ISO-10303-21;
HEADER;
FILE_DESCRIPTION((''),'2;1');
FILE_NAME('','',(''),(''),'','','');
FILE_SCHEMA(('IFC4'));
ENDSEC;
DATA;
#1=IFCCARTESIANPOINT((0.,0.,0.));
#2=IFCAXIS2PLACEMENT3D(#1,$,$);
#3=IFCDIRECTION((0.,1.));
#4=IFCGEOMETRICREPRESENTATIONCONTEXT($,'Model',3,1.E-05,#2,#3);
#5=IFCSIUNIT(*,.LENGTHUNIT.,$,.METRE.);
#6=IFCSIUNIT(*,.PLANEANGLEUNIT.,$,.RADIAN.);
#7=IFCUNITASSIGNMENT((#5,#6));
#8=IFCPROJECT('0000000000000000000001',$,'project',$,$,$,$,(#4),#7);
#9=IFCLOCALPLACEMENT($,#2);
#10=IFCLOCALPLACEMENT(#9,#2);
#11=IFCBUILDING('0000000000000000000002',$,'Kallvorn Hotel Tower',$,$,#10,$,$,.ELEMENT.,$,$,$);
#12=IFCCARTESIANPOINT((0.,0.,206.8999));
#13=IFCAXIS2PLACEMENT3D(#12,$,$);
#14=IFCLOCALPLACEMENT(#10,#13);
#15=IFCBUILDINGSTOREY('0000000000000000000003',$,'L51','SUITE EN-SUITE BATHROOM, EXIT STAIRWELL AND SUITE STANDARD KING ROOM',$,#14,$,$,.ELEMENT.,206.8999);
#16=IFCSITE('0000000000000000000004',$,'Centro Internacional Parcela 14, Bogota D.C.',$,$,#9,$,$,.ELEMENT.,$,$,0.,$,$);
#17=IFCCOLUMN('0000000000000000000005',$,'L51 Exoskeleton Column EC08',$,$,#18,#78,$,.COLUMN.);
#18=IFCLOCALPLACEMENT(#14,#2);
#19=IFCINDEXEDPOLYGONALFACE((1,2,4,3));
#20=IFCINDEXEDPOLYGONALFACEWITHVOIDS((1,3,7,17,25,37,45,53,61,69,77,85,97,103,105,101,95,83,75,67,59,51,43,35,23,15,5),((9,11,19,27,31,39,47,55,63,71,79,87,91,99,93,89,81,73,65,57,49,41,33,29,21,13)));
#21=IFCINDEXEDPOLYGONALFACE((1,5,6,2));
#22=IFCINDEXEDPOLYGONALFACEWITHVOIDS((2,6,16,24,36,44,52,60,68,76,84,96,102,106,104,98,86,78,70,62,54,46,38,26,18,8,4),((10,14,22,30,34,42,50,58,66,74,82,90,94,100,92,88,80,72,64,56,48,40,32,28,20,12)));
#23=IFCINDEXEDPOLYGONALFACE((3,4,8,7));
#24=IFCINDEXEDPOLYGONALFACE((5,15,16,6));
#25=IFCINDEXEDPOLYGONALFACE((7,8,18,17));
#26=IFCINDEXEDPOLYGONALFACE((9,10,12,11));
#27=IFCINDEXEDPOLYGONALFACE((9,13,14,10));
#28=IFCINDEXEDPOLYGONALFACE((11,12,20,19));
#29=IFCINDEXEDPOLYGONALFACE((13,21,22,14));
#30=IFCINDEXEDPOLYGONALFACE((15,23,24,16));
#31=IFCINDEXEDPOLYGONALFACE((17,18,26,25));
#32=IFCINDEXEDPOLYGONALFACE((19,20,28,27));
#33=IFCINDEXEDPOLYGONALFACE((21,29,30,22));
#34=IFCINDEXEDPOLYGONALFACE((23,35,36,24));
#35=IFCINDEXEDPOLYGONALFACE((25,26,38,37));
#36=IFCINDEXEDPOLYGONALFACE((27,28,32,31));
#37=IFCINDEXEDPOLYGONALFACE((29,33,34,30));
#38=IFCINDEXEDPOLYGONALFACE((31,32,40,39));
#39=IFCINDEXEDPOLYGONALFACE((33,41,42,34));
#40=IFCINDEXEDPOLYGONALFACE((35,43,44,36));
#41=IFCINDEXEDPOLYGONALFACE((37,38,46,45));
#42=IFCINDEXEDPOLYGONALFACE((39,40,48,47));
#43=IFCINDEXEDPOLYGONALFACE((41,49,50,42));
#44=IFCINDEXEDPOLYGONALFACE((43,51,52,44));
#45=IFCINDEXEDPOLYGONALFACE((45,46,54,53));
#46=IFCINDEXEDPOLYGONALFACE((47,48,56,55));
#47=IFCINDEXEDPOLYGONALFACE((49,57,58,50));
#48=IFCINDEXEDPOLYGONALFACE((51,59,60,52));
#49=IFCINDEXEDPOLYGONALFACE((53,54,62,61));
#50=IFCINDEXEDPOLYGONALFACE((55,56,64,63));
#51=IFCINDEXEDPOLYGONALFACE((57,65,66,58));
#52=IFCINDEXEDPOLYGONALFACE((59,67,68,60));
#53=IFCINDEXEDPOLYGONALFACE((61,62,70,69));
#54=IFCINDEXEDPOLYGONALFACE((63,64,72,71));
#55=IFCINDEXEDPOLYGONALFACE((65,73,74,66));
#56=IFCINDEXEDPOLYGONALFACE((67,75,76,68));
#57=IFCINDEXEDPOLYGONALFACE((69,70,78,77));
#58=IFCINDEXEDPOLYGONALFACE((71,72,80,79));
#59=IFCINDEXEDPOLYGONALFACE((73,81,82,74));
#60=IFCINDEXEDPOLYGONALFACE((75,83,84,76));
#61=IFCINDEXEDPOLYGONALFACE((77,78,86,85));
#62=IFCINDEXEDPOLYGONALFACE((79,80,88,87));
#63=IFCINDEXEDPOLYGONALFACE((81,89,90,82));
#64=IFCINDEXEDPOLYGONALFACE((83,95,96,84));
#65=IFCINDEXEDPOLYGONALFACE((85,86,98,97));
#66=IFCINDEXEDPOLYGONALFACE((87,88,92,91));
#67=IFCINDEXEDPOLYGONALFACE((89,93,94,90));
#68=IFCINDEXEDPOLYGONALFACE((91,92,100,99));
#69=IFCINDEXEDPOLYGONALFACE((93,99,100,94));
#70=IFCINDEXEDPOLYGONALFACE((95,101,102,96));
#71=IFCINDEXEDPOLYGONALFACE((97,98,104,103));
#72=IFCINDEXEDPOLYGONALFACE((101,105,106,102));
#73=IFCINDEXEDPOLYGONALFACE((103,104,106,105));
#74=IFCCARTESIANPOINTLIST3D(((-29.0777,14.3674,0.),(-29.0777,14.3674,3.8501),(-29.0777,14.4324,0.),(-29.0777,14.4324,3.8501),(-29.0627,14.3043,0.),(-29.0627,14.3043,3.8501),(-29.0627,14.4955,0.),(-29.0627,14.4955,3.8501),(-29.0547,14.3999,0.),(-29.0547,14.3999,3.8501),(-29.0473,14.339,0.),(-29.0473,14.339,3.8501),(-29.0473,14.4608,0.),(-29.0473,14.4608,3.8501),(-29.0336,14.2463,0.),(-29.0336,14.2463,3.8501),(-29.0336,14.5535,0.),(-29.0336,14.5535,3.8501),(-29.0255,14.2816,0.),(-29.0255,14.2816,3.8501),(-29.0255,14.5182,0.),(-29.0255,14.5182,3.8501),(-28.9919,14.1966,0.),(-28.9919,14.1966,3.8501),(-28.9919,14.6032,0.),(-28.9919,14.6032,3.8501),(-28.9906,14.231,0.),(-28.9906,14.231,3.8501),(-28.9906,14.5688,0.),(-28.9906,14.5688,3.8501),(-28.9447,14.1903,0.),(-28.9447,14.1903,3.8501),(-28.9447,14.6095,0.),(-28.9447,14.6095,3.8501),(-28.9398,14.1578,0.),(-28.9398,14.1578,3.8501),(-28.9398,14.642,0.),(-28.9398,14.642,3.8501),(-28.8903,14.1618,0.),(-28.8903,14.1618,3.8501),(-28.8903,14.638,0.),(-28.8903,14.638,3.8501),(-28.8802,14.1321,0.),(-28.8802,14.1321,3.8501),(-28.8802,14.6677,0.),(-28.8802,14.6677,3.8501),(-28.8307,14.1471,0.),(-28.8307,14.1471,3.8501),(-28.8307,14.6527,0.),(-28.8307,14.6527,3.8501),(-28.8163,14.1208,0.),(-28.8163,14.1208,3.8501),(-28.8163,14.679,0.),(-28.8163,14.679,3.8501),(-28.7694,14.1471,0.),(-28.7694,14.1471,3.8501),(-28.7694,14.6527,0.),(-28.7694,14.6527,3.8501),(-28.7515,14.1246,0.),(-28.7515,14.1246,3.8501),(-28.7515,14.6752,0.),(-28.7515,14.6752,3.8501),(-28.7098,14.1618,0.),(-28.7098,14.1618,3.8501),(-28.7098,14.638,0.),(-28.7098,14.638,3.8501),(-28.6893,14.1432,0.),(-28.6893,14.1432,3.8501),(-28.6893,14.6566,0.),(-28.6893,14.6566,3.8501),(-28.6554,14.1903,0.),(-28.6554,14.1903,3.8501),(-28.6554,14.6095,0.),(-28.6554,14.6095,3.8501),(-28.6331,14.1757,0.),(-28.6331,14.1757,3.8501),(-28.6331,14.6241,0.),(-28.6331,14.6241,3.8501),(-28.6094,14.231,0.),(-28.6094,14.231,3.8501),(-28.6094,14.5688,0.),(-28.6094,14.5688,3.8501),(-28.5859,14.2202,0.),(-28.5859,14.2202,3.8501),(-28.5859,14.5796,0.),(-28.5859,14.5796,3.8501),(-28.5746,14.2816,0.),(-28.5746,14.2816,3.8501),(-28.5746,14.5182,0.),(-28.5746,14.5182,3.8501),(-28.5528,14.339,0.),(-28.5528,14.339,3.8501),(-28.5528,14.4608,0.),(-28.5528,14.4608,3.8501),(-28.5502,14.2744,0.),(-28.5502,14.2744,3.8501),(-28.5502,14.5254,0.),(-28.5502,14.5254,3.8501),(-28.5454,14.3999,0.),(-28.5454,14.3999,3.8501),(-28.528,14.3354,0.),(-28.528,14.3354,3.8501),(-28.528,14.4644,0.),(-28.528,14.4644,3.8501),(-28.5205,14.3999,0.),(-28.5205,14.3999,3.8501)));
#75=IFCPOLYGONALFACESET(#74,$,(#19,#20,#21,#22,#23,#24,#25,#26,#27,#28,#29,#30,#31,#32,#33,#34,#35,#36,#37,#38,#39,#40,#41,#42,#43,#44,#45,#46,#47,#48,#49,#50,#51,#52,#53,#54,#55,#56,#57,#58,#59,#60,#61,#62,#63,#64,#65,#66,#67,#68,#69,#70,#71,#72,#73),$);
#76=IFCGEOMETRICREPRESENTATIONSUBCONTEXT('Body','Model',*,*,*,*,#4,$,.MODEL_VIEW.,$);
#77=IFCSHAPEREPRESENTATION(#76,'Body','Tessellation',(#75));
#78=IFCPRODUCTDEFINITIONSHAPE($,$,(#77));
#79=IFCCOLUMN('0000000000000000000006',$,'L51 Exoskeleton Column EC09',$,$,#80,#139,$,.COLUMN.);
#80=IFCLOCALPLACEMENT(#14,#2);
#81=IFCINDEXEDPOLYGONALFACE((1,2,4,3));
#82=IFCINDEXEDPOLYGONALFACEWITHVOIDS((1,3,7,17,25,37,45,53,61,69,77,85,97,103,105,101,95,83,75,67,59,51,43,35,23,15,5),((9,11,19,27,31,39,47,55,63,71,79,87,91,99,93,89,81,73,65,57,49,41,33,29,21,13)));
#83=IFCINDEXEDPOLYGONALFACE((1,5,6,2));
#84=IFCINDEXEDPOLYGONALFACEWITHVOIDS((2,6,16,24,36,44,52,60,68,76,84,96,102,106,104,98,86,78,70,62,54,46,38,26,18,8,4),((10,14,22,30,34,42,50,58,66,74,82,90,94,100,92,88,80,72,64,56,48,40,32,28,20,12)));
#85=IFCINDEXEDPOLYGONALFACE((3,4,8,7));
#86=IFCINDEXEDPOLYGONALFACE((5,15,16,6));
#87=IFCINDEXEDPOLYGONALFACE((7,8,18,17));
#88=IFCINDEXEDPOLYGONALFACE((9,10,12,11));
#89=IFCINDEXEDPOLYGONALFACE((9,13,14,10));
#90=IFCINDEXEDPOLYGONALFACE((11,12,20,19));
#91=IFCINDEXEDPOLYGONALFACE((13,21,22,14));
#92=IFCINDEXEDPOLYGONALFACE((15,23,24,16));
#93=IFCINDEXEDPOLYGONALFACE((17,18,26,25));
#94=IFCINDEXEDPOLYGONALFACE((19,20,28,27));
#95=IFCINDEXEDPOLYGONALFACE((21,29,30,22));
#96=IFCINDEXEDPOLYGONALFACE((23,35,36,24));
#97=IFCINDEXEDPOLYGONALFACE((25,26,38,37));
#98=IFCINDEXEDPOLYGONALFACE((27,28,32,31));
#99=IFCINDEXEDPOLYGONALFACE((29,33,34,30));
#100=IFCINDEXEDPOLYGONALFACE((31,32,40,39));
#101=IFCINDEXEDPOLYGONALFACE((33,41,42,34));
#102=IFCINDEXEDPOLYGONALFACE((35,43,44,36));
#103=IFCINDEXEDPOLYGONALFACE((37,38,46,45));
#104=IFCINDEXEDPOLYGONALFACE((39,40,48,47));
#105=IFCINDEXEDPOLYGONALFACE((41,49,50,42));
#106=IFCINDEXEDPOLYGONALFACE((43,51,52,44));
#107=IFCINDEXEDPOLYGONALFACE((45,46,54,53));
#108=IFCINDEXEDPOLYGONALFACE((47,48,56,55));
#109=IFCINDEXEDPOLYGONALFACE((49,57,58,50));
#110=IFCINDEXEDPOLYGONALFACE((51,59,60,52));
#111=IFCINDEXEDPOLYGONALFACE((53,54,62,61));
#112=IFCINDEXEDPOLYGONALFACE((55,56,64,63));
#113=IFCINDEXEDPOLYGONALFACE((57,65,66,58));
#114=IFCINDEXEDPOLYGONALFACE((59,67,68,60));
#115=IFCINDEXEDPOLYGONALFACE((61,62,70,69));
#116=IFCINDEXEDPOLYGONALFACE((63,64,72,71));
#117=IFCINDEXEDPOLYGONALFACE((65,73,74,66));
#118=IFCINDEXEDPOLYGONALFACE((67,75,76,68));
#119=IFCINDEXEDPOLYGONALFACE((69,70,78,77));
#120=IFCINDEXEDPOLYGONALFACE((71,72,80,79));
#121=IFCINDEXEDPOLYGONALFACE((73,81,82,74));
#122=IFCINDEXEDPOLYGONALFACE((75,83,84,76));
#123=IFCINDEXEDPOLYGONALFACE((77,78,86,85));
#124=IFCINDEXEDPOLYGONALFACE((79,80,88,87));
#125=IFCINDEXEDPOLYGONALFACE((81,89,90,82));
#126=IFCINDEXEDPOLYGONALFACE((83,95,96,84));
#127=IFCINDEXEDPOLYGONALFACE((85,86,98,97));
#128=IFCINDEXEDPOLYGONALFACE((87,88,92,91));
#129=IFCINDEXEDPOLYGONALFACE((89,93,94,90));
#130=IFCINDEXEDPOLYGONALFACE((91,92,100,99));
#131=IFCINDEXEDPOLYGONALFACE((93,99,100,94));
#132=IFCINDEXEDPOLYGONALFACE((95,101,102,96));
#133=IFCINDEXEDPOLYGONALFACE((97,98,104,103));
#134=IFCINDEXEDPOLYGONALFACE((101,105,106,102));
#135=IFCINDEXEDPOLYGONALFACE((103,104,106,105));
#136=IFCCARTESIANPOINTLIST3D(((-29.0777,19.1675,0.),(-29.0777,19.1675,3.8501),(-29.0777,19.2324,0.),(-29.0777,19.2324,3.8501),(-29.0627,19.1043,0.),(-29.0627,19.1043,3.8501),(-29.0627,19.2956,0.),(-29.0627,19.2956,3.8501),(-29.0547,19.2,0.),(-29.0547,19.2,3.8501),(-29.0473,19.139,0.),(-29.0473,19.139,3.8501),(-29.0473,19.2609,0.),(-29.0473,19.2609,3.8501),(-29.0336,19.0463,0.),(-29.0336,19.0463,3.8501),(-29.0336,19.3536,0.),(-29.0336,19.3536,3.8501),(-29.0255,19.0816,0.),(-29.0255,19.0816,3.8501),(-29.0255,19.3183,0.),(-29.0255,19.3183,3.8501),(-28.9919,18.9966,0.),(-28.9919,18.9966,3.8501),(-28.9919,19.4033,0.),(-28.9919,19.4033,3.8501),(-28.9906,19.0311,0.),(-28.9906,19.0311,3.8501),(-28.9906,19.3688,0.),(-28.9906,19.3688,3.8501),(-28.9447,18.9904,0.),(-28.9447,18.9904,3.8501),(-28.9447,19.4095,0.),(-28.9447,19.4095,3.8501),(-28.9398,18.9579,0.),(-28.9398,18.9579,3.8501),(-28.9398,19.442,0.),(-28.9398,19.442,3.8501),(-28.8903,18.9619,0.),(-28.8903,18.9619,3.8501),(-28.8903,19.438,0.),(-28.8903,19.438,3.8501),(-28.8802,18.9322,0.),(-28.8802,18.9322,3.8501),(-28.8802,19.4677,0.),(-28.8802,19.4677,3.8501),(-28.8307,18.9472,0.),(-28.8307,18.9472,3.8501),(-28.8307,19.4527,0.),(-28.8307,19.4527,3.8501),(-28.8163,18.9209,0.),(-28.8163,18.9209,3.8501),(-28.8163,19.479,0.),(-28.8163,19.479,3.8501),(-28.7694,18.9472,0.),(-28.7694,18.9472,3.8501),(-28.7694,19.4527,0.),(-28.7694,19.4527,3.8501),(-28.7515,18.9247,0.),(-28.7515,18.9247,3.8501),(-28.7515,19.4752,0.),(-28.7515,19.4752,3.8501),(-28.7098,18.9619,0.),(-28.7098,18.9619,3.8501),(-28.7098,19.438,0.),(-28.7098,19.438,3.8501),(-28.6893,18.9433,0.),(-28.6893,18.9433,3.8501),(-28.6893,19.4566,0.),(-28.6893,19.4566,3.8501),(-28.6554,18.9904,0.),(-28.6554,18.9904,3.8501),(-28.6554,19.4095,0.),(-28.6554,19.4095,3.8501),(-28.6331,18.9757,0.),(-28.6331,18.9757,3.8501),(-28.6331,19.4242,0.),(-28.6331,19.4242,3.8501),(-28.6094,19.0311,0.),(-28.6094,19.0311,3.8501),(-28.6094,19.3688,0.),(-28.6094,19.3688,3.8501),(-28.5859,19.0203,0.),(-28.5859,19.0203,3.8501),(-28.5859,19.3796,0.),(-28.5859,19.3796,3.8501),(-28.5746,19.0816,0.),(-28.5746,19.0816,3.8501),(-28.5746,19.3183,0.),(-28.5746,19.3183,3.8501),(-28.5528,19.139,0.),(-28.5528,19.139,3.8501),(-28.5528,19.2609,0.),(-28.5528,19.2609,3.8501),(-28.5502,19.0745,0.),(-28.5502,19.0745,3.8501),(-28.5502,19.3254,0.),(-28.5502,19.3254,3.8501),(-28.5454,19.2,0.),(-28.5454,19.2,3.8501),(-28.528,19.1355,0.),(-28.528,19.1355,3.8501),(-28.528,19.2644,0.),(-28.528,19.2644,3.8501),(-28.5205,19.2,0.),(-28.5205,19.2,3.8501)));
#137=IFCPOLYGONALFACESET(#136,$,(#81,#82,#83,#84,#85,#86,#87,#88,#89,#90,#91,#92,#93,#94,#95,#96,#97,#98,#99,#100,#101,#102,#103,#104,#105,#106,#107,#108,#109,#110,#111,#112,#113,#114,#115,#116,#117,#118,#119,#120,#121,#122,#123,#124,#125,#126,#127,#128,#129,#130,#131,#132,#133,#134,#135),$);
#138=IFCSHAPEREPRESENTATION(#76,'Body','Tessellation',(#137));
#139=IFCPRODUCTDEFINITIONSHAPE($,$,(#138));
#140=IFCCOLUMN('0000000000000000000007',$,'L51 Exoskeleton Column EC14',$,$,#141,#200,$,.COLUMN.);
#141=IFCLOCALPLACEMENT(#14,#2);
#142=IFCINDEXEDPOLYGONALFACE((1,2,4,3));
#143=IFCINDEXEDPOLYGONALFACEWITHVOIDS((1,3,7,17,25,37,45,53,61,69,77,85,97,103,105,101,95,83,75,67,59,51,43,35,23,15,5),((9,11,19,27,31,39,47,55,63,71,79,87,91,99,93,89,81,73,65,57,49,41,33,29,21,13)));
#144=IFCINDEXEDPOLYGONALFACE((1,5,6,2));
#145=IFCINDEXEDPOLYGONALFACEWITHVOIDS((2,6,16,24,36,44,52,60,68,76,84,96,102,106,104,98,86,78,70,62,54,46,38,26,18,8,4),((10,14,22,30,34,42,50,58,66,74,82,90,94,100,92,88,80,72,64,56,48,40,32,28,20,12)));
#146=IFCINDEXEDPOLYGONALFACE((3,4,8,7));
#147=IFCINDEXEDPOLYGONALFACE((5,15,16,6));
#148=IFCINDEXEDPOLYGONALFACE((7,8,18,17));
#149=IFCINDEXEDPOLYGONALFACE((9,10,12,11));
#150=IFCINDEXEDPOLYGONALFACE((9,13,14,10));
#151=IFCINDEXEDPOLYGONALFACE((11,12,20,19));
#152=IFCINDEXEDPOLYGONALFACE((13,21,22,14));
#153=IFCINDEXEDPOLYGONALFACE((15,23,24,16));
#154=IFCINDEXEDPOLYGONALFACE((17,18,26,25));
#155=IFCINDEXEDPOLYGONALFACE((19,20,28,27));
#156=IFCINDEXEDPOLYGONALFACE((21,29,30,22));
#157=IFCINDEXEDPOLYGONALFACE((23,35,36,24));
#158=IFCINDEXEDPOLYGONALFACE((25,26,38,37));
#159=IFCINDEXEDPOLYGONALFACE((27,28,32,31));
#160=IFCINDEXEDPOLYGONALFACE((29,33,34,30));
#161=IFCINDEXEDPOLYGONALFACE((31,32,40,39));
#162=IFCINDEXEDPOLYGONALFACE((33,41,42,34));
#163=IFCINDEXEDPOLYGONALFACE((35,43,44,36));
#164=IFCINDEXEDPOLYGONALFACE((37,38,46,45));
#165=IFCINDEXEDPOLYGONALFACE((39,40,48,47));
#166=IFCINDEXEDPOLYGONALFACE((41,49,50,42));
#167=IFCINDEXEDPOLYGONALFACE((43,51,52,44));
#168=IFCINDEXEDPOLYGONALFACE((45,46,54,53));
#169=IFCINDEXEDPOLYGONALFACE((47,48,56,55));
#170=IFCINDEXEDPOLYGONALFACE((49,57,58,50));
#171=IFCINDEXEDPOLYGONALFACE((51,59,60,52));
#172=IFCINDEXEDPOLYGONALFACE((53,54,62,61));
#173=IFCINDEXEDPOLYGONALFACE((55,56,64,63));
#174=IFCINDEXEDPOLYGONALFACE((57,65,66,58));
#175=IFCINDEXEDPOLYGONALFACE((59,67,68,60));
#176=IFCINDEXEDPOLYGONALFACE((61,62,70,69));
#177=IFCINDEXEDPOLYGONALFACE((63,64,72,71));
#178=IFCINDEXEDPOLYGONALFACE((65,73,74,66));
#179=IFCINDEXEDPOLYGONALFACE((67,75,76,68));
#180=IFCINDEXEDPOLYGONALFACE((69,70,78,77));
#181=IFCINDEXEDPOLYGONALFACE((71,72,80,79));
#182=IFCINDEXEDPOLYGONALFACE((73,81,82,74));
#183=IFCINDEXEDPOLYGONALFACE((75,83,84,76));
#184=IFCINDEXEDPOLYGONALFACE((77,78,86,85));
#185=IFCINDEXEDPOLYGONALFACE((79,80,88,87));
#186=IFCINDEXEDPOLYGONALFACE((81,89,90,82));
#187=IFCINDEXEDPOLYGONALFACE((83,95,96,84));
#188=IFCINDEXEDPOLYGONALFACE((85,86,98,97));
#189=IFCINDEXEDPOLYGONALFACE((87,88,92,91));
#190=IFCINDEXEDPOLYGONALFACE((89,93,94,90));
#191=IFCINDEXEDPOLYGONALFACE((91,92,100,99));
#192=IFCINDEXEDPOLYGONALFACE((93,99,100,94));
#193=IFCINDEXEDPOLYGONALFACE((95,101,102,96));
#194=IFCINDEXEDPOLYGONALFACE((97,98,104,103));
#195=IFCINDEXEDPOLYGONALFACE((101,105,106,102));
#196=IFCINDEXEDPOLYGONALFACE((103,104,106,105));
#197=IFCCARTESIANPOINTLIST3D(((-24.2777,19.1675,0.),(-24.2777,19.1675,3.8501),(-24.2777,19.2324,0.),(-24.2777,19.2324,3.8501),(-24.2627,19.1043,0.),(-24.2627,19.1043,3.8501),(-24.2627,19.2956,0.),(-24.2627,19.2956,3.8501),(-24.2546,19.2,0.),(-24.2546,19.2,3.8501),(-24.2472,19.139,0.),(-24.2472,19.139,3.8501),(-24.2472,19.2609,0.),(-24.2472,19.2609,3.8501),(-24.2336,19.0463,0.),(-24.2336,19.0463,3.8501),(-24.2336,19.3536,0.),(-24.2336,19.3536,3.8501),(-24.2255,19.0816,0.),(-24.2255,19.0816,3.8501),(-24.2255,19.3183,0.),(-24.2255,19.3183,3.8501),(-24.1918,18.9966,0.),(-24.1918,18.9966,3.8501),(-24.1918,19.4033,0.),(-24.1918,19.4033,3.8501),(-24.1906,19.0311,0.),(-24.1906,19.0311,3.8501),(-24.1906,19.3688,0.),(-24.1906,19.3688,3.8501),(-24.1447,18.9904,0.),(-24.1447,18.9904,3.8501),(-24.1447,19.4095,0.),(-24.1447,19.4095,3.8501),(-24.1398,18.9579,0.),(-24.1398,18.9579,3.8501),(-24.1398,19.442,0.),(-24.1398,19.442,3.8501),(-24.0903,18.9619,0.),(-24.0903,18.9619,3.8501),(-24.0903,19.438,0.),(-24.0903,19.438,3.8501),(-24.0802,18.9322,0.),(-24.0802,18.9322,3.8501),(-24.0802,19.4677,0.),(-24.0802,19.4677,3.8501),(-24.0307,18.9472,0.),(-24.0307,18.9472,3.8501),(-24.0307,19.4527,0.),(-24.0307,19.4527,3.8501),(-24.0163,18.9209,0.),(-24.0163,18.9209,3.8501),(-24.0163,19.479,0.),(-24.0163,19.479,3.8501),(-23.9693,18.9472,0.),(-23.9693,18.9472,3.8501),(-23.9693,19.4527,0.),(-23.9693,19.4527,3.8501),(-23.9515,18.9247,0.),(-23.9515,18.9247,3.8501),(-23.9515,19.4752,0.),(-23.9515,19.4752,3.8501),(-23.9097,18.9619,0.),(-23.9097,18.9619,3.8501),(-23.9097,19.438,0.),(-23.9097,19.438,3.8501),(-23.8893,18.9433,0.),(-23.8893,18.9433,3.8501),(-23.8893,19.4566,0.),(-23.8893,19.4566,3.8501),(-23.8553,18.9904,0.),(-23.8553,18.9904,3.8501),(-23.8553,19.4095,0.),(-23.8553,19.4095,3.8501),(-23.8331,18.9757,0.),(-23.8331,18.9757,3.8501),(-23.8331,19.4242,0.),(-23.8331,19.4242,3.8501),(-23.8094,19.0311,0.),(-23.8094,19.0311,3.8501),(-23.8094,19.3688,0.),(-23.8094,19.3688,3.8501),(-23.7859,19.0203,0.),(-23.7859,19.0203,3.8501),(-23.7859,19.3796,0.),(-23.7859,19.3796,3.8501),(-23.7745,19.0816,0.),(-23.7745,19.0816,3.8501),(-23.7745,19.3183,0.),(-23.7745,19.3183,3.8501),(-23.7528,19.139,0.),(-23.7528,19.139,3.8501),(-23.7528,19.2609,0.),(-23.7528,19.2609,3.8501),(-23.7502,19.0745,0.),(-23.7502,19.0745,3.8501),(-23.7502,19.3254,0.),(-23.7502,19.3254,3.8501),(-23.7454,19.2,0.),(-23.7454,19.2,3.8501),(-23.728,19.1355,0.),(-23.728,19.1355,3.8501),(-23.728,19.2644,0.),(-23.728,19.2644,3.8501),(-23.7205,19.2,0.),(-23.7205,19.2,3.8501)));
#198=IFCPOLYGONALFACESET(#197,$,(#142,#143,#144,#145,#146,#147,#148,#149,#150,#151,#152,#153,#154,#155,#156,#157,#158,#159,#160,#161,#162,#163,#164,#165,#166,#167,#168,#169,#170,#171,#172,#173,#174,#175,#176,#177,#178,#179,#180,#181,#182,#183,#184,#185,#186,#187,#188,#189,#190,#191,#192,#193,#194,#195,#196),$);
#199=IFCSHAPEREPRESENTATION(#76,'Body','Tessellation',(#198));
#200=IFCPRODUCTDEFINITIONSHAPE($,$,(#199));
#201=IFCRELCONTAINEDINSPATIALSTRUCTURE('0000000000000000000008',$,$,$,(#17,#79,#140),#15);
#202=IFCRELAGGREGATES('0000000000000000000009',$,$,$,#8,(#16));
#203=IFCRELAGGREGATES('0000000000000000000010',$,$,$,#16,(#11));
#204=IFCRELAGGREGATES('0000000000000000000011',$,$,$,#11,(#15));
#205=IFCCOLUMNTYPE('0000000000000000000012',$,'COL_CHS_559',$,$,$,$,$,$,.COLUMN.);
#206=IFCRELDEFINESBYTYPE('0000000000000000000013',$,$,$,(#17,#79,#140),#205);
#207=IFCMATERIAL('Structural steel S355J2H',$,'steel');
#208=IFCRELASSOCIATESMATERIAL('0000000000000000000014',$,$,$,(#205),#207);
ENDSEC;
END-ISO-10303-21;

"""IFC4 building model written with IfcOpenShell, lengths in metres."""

from ifc_helpers import new_model, si_unit, direction, frame, origin, origin_2d, place, context, subcontext, project, spatial, hollow_circle, extrude, material, material_profile, profile_set, type_object, element, save


model = new_model("IFC4")

# Units and contexts
model_context = context("Model", 3, precision=1e-05, world=origin(), true_north=direction((0.0, 1.0)))
body_context = subcontext(model_context, "Body", "Model", "MODEL_VIEW")
ifc_project = project(units=[si_unit("LENGTHUNIT", "METRE"), si_unit("PLANEANGLEUNIT", "RADIAN")], contexts=[model_context])

# Site, building, storey
site_placement = place(None, origin())
site = spatial("IfcSite", under=ifc_project, at=site_placement, Name="Centro Internacional Parcela 14, Bogota D.C.", CompositionType="ELEMENT", RefElevation=0.0)
building_placement = place(site_placement, origin())
building = spatial("IfcBuilding", under=site, at=building_placement, Name="Kallvorn Hotel Tower", CompositionType="ELEMENT")
storey_placement = place(building_placement, frame((0.0, 0.0, 206.8999)))
storey = spatial("IfcBuildingStorey", under=building, at=storey_placement, Name="L51", Description="SUITE EN-SUITE BATHROOM, EXIT STAIRWELL AND SUITE STANDARD KING ROOM", CompositionType="ELEMENT", Elevation=206.8999)

# Columns
ifc_material_1 = material(Name="Structural steel S355J2H", Category="steel")
ifc_material_profile_1 = material_profile(ifc_material_1, hollow_circle(Radius=0.2795, WallThickness=0.0249, at=origin_2d()), Name="CHS 559x25")
ifc_profile_set_1 = profile_set([ifc_material_profile_1], Name="Structural steel S355J2H")
column_type_1 = type_object("IfcColumnType", Name="COL_CHS_559", PredefinedType="COLUMN", material=ifc_profile_set_1)
for number, where, z_axis, x_axis, name in (
    (1, (-28.8, 14.3999, 0.0), (0.0, 0.0, 1.0), (1.0, 0.0, 0.0), "L51 Exoskeleton Column EC08"),
    (2, (-28.8, 19.2, 0.0), (0.0, 0.0, 1.0), (1.0, 0.0, 0.0), "L51 Exoskeleton Column EC09"),
    (3, (-24.0, 19.2, 0.0), (0.0, 0.0, 1.0), (1.0, 0.0, 0.0), "L51 Exoskeleton Column EC14"),
):
    element("IfcColumn", number, at=place(storey_placement, frame(where, z_axis=z_axis, x_axis=x_axis)), inside=storey, type_object=column_type_1, Name=name, PredefinedType="COLUMN", context=body_context, shape_type="SweptSolid", body=[
        extrude(hollow_circle(Radius=0.2795, WallThickness=0.0249, at=origin_2d()), origin(), (0.0, 0.0, 1.0), 3.8501),
    ])

save(model, "model.ifc")
